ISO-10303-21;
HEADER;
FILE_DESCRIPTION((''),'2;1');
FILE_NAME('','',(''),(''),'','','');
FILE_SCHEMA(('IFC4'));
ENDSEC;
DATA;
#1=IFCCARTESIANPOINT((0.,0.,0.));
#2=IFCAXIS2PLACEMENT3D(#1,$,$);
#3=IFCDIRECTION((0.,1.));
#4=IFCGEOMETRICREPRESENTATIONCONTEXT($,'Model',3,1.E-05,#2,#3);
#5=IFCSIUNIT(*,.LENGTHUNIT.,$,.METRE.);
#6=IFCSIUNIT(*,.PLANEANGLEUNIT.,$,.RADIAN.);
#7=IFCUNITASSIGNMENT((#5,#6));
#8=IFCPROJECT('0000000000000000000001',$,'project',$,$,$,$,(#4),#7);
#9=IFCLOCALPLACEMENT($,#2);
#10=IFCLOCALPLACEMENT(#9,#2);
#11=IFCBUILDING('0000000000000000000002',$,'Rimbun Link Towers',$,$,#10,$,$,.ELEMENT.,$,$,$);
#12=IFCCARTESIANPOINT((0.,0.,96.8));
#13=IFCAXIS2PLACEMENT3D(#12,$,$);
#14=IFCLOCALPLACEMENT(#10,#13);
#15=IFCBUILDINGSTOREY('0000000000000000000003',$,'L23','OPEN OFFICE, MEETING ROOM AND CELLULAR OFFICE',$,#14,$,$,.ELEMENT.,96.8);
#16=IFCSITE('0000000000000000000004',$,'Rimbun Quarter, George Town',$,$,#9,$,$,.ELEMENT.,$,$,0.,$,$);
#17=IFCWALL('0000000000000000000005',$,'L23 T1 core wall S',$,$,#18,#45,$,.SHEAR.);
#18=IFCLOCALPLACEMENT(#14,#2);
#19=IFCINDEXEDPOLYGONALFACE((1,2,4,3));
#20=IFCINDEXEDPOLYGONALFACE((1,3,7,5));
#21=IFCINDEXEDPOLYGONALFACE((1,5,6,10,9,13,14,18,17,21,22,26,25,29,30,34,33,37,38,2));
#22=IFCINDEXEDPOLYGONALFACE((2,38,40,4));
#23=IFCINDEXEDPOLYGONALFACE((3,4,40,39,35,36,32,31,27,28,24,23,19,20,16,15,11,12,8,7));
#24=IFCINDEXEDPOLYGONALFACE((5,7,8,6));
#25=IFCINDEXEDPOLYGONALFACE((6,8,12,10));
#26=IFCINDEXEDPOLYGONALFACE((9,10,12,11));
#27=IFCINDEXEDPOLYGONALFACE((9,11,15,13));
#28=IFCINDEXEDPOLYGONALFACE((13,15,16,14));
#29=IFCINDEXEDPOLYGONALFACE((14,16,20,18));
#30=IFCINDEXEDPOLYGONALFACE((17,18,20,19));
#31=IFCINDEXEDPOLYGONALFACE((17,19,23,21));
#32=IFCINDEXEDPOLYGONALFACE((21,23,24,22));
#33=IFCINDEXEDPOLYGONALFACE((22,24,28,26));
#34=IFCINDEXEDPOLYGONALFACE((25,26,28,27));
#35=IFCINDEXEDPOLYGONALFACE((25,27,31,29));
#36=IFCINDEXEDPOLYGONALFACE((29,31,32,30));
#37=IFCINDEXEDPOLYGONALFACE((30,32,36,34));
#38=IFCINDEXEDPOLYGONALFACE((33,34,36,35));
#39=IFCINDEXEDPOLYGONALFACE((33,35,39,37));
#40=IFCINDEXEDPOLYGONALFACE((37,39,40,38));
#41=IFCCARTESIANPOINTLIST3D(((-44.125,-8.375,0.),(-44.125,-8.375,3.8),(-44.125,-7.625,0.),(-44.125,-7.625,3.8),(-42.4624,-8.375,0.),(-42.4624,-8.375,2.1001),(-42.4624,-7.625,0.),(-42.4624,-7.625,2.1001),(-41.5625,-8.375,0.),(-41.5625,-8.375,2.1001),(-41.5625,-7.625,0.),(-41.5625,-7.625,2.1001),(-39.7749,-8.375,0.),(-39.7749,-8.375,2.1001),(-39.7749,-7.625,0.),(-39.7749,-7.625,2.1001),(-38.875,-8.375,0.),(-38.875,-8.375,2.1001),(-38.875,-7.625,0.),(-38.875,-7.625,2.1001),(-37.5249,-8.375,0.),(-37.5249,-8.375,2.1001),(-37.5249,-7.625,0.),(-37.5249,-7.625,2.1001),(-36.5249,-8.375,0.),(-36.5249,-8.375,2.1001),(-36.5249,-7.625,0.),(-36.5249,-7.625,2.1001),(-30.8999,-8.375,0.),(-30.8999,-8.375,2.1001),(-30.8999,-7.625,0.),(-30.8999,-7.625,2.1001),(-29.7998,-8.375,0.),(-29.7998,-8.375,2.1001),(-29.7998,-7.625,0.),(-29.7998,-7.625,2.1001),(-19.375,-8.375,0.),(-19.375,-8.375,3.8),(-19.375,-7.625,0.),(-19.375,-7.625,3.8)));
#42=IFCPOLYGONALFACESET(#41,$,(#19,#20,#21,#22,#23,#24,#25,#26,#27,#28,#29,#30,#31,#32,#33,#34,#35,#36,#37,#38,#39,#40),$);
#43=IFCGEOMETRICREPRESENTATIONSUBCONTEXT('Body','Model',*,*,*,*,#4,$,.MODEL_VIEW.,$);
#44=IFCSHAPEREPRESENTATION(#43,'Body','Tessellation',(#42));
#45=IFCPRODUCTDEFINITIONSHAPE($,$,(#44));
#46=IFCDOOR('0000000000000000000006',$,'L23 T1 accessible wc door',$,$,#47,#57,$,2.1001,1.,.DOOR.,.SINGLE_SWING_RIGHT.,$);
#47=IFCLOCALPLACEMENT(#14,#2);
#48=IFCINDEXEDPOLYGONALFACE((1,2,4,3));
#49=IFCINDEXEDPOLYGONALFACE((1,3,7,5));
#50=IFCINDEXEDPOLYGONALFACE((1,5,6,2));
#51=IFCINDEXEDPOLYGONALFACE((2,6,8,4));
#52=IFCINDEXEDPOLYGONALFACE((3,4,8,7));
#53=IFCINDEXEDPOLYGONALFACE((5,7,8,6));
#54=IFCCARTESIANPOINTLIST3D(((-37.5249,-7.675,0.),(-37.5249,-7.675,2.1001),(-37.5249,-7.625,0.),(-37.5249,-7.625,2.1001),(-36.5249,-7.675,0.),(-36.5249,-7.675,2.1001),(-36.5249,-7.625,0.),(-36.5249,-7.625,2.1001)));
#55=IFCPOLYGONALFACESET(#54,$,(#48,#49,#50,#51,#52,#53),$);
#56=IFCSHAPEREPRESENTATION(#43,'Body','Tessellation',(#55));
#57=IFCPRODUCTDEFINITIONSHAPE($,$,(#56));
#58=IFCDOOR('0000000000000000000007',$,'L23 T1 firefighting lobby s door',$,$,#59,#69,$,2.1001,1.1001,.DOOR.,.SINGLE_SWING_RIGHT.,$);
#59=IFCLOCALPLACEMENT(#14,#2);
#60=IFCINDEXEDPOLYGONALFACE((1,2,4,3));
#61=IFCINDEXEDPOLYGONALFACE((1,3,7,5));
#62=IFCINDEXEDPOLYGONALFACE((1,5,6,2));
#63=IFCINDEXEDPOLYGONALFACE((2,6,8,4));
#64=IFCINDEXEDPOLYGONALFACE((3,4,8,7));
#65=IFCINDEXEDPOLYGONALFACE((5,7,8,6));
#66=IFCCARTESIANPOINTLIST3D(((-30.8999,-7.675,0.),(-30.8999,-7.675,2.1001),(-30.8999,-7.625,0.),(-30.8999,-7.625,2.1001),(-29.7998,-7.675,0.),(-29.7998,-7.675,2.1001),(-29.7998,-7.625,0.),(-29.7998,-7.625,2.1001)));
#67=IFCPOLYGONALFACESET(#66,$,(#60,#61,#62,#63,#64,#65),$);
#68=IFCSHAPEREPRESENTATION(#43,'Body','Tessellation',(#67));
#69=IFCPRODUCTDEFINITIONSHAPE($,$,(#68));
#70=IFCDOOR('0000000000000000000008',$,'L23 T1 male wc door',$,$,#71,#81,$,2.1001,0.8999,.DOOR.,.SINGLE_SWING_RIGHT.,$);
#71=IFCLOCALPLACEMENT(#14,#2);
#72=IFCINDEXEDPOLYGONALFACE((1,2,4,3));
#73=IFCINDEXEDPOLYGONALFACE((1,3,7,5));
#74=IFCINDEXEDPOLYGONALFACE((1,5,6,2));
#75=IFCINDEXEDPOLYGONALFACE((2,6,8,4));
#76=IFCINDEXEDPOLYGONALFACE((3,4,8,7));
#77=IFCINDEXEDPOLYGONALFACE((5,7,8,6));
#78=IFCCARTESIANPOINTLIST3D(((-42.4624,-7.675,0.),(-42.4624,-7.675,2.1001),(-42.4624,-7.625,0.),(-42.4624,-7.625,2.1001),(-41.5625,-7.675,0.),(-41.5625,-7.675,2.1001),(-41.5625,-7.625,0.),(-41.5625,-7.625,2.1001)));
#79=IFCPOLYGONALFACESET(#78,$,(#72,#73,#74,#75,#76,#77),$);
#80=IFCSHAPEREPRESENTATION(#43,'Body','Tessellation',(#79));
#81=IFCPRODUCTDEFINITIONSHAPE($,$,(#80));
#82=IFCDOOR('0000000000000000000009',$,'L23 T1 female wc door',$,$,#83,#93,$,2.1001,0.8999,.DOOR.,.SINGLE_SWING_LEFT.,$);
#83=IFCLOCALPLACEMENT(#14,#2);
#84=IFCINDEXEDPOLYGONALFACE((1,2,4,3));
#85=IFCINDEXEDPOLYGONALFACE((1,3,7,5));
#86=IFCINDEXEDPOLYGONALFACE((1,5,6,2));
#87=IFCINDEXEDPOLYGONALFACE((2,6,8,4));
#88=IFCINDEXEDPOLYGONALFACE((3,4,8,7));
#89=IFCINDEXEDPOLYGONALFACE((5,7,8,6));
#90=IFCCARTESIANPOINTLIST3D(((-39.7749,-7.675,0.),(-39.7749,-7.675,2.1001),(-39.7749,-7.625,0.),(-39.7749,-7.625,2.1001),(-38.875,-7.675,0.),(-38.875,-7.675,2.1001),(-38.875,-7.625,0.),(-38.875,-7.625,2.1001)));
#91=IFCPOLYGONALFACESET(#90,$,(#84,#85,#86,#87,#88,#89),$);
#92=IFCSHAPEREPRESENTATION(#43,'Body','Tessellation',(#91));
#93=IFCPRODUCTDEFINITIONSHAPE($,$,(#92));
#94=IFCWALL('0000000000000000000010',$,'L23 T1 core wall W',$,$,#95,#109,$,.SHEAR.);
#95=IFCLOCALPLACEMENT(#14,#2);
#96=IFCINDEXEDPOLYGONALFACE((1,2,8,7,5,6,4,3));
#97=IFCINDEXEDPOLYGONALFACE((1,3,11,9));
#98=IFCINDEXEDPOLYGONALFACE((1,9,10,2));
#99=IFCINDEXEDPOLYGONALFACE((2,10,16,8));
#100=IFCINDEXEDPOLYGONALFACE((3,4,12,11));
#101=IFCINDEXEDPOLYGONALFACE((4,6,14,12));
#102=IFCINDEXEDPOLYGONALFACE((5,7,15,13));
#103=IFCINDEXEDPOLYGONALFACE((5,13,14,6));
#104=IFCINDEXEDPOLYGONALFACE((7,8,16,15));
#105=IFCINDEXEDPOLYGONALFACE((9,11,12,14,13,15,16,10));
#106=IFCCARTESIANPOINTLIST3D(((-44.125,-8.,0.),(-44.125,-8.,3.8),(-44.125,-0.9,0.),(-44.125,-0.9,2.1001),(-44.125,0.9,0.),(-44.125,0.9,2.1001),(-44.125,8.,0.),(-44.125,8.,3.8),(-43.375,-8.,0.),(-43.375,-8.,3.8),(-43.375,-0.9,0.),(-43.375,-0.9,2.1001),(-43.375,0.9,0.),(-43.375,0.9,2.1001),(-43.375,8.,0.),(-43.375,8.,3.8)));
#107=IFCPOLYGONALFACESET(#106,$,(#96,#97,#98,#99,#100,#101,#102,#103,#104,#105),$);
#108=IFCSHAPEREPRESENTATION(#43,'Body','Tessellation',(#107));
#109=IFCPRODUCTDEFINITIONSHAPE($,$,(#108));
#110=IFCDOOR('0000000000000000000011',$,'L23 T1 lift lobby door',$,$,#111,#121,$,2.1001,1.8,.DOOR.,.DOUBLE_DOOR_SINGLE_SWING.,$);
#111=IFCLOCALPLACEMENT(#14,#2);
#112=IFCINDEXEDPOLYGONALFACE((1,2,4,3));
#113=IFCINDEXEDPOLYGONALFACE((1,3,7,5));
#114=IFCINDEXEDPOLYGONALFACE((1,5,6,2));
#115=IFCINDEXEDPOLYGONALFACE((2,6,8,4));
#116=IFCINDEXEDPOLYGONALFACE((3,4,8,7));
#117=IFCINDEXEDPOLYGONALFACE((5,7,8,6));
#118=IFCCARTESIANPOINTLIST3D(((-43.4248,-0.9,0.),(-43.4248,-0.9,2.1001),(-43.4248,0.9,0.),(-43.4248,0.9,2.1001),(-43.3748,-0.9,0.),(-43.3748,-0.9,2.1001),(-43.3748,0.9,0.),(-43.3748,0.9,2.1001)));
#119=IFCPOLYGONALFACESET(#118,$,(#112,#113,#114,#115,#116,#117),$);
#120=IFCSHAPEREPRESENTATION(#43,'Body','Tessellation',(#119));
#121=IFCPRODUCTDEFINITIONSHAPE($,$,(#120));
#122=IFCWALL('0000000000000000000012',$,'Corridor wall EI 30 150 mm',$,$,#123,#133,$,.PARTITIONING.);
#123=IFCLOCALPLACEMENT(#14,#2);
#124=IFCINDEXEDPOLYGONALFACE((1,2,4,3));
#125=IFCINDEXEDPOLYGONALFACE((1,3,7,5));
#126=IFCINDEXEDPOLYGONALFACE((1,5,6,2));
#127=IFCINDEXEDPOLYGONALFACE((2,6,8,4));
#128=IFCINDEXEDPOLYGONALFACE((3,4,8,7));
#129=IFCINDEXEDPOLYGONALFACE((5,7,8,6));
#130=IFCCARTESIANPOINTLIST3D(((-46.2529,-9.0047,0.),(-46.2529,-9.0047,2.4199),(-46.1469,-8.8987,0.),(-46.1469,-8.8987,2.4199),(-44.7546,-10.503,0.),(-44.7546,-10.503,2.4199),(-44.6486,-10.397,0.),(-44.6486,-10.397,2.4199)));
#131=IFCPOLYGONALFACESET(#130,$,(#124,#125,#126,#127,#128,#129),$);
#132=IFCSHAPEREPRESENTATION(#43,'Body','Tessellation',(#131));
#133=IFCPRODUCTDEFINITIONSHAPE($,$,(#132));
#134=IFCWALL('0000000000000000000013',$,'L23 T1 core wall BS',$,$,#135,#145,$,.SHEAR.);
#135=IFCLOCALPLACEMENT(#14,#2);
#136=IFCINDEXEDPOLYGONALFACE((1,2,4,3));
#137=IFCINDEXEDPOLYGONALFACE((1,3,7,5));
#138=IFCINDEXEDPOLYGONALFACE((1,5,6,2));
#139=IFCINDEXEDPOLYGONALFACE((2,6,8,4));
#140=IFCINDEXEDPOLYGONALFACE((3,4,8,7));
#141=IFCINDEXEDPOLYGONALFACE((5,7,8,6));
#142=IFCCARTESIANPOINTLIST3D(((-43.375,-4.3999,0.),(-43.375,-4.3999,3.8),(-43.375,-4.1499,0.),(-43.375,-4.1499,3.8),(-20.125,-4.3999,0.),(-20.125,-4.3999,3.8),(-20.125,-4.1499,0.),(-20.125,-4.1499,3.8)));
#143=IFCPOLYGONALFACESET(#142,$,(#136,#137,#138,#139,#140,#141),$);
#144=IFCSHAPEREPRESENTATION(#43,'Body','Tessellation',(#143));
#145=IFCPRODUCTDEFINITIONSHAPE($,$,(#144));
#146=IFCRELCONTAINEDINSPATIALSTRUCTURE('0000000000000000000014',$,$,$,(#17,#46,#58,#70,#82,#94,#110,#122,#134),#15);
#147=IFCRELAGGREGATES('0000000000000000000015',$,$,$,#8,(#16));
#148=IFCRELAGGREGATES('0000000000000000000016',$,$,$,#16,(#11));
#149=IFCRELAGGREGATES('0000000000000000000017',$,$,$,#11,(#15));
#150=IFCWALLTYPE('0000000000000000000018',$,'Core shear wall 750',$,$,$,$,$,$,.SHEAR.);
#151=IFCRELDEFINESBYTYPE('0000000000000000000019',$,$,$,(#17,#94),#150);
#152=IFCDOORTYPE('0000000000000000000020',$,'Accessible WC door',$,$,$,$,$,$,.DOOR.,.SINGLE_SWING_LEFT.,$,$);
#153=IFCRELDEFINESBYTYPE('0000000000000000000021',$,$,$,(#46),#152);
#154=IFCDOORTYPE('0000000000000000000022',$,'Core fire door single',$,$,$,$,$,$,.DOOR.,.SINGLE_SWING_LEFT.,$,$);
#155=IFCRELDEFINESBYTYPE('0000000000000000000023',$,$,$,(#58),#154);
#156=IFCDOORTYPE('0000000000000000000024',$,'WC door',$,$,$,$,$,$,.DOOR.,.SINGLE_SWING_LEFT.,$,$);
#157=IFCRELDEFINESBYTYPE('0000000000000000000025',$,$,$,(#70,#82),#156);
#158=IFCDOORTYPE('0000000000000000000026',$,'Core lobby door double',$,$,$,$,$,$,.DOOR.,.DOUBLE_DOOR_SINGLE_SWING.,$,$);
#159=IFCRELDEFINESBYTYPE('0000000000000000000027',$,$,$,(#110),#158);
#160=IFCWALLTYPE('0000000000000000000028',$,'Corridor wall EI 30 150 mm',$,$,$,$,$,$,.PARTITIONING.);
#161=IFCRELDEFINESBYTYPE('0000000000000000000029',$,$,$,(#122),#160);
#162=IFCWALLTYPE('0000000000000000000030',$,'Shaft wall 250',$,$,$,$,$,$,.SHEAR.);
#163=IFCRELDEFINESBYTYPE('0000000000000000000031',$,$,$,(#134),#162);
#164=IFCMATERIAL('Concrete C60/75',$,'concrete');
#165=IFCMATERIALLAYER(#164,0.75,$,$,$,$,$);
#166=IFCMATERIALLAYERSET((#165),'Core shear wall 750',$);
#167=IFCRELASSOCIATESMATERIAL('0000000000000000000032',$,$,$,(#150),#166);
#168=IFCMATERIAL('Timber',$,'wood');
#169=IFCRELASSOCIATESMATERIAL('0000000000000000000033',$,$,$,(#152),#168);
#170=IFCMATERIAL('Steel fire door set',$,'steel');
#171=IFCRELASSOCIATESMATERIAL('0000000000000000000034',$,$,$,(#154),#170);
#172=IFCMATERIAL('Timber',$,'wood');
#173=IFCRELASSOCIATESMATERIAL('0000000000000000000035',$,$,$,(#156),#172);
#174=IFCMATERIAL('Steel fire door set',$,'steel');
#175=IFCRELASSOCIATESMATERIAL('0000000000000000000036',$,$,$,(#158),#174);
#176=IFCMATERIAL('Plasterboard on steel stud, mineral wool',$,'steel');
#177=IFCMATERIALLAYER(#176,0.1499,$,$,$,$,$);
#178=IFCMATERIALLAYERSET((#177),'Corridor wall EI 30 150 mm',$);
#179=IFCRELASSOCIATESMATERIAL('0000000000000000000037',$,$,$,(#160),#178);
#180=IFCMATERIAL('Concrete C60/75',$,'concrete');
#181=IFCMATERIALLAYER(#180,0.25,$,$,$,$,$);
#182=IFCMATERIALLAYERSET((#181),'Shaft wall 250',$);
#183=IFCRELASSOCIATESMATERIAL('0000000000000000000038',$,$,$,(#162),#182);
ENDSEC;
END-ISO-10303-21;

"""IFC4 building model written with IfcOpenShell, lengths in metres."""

from ifc_helpers import new_model, si_unit, direction, frame, frame_2d, origin, place, context, subcontext, project, spatial, rectangle, extrude, material, layer, layer_set, type_object, element, fill, save


model = new_model("IFC4")

# Units and contexts
model_context = context("Model", 3, precision=1e-05, world=origin(), true_north=direction((0.0, 1.0)))
body_context = subcontext(model_context, "Body", "Model", "MODEL_VIEW")
ifc_project = project(units=[si_unit("LENGTHUNIT", "METRE"), si_unit("PLANEANGLEUNIT", "RADIAN")], contexts=[model_context])

# Site, building, storey
site_placement = place(None, origin())
site = spatial("IfcSite", under=ifc_project, at=site_placement, Name="Rimbun Quarter, George Town", CompositionType="ELEMENT", RefElevation=0.0)
building_placement = place(site_placement, origin())
building = spatial("IfcBuilding", under=site, at=building_placement, Name="Rimbun Link Towers", CompositionType="ELEMENT")
storey_placement = place(building_placement, frame((0.0, 0.0, 96.8)))
storey = spatial("IfcBuildingStorey", under=building, at=storey_placement, Name="L23", Description="OPEN OFFICE, MEETING ROOM AND CELLULAR OFFICE", CompositionType="ELEMENT", Elevation=96.8)

# Wall, openings, doors
ifc_material_1 = material(Name="Concrete C60/75", Category="concrete")
ifc_layer_1 = layer(ifc_material_1, 0.75)
ifc_layer_set_1 = layer_set([ifc_layer_1], Name="Core shear wall 750")
wall_type_1 = type_object("IfcWallType", Name="Core shear wall 750", PredefinedType="SHEAR", material=ifc_layer_set_1)
wall_1_placement = place(storey_placement, frame((-44.125, -8.0, 0.0), z_axis=(0.0, 0.0, 1.0), x_axis=(1.0, 0.0, 0.0)))
wall_1 = element("IfcWall", 1, at=wall_1_placement, inside=storey, type_object=wall_type_1, Name="L23 T1 core wall S", PredefinedType="SHEAR", context=body_context, shape_type="SweptSolid", body=[
    extrude(rectangle(XDim=24.75, YDim=0.75, at=frame_2d((12.375, 0.0))), origin(), (0.0, 0.0, 1.0), 3.8),
])
opening_1_placement = place(wall_1_placement, frame((13.2251, 0.0, 0.0)))
opening_1 = element("IfcOpeningElement", 2, at=opening_1_placement, cuts=wall_1, PredefinedType="OPENING", context=body_context, shape_type="SweptSolid", body=[
    extrude(rectangle(XDim=1.1001, YDim=2.1001, at=frame_2d((0.55, 1.05))), frame((0.0, 0.385, 0.0), z_axis=(0.0, -1.0, 0.0), x_axis=(1.0, 0.0, 0.0)), (0.0, 0.0, 1.0), 0.77),
])
opening_2_placement = place(wall_1_placement, frame((1.6626, 0.0, 0.0)))
opening_2 = element("IfcOpeningElement", 3, at=opening_2_placement, cuts=wall_1, PredefinedType="OPENING", context=body_context, shape_type="SweptSolid", body=[
    extrude(rectangle(XDim=0.8999, YDim=2.1001, at=frame_2d((0.45, 1.05))), frame((0.0, 0.385, 0.0), z_axis=(0.0, -1.0, 0.0), x_axis=(1.0, 0.0, 0.0)), (0.0, 0.0, 1.0), 0.77),
])
opening_3_placement = place(wall_1_placement, frame((4.3501, 0.0, 0.0)))
opening_3 = element("IfcOpeningElement", 4, at=opening_3_placement, cuts=wall_1, PredefinedType="OPENING", context=body_context, shape_type="SweptSolid", body=[
    extrude(rectangle(XDim=0.8999, YDim=2.1001, at=frame_2d((0.45, 1.05))), frame((0.0, 0.385, 0.0), z_axis=(0.0, -1.0, 0.0), x_axis=(1.0, 0.0, 0.0)), (0.0, 0.0, 1.0), 0.77),
])
opening_4_placement = place(wall_1_placement, frame((6.6001, 0.0, 0.0)))
opening_4 = element("IfcOpeningElement", 5, at=opening_4_placement, cuts=wall_1, PredefinedType="OPENING", context=body_context, shape_type="SweptSolid", body=[
    extrude(rectangle(XDim=1.0, YDim=2.1001, at=frame_2d((0.5, 1.05))), frame((0.0, 0.385, 0.0), z_axis=(0.0, -1.0, 0.0), x_axis=(1.0, 0.0, 0.0)), (0.0, 0.0, 1.0), 0.77),
])
ifc_material_2 = material(Name="Timber", Category="wood")
door_type_1 = type_object("IfcDoorType", Name="Accessible WC door", OperationType="SINGLE_SWING_LEFT", PredefinedType="DOOR", material=ifc_material_2)
door_1_placement = place(opening_4_placement, origin())
door_1 = element("IfcDoor", 6, at=door_1_placement, inside=storey, type_object=door_type_1, Name="L23 T1 accessible wc door", OperationType="SINGLE_SWING_RIGHT", OverallHeight=2.1001, OverallWidth=1.0, PredefinedType="DOOR", context=body_context, shape_type="SweptSolid", body=[
    extrude(rectangle(XDim=1.0, YDim=2.1001, at=frame_2d((0.5, 1.05))), frame((0.0, 0.375, 0.0), z_axis=(0.0, -1.0, 0.0), x_axis=(1.0, 0.0, 0.0)), (0.0, 0.0, 1.0), 0.05),
])
fill(opening_4, door_1)
ifc_material_3 = material(Name="Steel fire door set", Category="steel")
door_type_2 = type_object("IfcDoorType", Name="Core fire door single", OperationType="SINGLE_SWING_LEFT", PredefinedType="DOOR", material=ifc_material_3)
door_2_placement = place(opening_1_placement, origin())
door_2 = element("IfcDoor", 7, at=door_2_placement, inside=storey, type_object=door_type_2, Name="L23 T1 firefighting lobby s door", OperationType="SINGLE_SWING_RIGHT", OverallHeight=2.1001, OverallWidth=1.1001, PredefinedType="DOOR", context=body_context, shape_type="SweptSolid", body=[
    extrude(rectangle(XDim=1.1001, YDim=2.1001, at=frame_2d((0.55, 1.05))), frame((0.0, 0.375, 0.0), z_axis=(0.0, -1.0, 0.0), x_axis=(1.0, 0.0, 0.0)), (0.0, 0.0, 1.0), 0.05),
])
fill(opening_1, door_2)
ifc_material_4 = material(Name="Timber", Category="wood")
door_type_3 = type_object("IfcDoorType", Name="WC door", OperationType="SINGLE_SWING_LEFT", PredefinedType="DOOR", material=ifc_material_4)
door_3_placement = place(opening_2_placement, origin())
door_3 = element("IfcDoor", 8, at=door_3_placement, inside=storey, type_object=door_type_3, Name="L23 T1 male wc door", OperationType="SINGLE_SWING_RIGHT", OverallHeight=2.1001, OverallWidth=0.8999, PredefinedType="DOOR", context=body_context, shape_type="SweptSolid", body=[
    extrude(rectangle(XDim=0.8999, YDim=2.1001, at=frame_2d((0.45, 1.05))), frame((0.0, 0.375, 0.0), z_axis=(0.0, -1.0, 0.0), x_axis=(1.0, 0.0, 0.0)), (0.0, 0.0, 1.0), 0.05),
])
fill(opening_2, door_3)
door_4_placement = place(opening_3_placement, origin())
door_4 = element("IfcDoor", 9, at=door_4_placement, inside=storey, type_object=door_type_3, Name="L23 T1 female wc door", OperationType="SINGLE_SWING_LEFT", OverallHeight=2.1001, OverallWidth=0.8999, PredefinedType="DOOR", context=body_context, shape_type="SweptSolid", body=[
    extrude(rectangle(XDim=0.8999, YDim=2.1001, at=frame_2d((0.45, 1.05))), frame((0.0, 0.375, 0.0), z_axis=(0.0, -1.0, 0.0), x_axis=(1.0, 0.0, 0.0)), (0.0, 0.0, 1.0), 0.05),
])
fill(opening_3, door_4)

# Wall, opening, door
wall_2_placement = place(storey_placement, frame((-43.75, -8.0, 0.0), z_axis=(0.0, 0.0, 1.0), x_axis=(0.0, 1.0, 0.0)))
wall_2 = element("IfcWall", 10, at=wall_2_placement, inside=storey, type_object=wall_type_1, Name="L23 T1 core wall W", PredefinedType="SHEAR", context=body_context, shape_type="SweptSolid", body=[
    extrude(rectangle(XDim=16.0, YDim=0.75, at=frame_2d((8.0, 0.0))), origin(), (0.0, 0.0, 1.0), 3.8),
])
opening_5_placement = place(wall_2_placement, frame((7.1001, 0.0, 0.0)))
opening_5 = element("IfcOpeningElement", 11, at=opening_5_placement, cuts=wall_2, PredefinedType="OPENING", context=body_context, shape_type="SweptSolid", body=[
    extrude(rectangle(XDim=1.8, YDim=2.1001, at=frame_2d((0.8999, 1.05))), frame((0.0, 0.385, 0.0), z_axis=(0.0, -1.0, 0.0), x_axis=(1.0, 0.0, 0.0)), (0.0, 0.0, 1.0), 0.77),
])
ifc_material_5 = material(Name="Steel fire door set", Category="steel")
door_type_4 = type_object("IfcDoorType", Name="Core lobby door double", OperationType="DOUBLE_DOOR_SINGLE_SWING", PredefinedType="DOOR", material=ifc_material_5)
door_5_placement = place(opening_5_placement, origin())
door_5 = element("IfcDoor", 12, at=door_5_placement, inside=storey, type_object=door_type_4, Name="L23 T1 lift lobby door", OperationType="DOUBLE_DOOR_SINGLE_SWING", OverallHeight=2.1001, OverallWidth=1.8, PredefinedType="DOOR", context=body_context, shape_type="SweptSolid", body=[
    extrude(rectangle(XDim=1.8, YDim=2.1001, at=frame_2d((0.8999, 1.05))), frame((0.0, -0.3252, 0.0), z_axis=(0.0, -1.0, 0.0), x_axis=(1.0, 0.0, 0.0)), (0.0, 0.0, 1.0), 0.05),
])
fill(opening_5, door_5)

# Walls
ifc_material_6 = material(Name="Plasterboard on steel stud, mineral wool", Category="steel")
ifc_layer_2 = layer(ifc_material_6, 0.1499)
ifc_layer_set_2 = layer_set([ifc_layer_2], Name="Corridor wall EI 30 150 mm")
wall_type_2 = type_object("IfcWallType", Name="Corridor wall EI 30 150 mm", PredefinedType="PARTITIONING", material=ifc_layer_set_2)
wall_3_placement = place(storey_placement, frame((-46.2, -8.9517, 0.0), z_axis=(0.0, 0.0, 1.0), x_axis=(0.707107, -0.707107, 0.0)))
element("IfcWall", 13, at=wall_3_placement, inside=storey, type_object=wall_type_2, Name="Corridor wall EI 30 150 mm", PredefinedType="PARTITIONING", context=body_context, shape_type="SweptSolid", body=[
    extrude(rectangle(XDim=2.1189, YDim=0.1499, at=frame_2d((1.0596, 0.0))), origin(), (0.0, 0.0, 1.0), 2.4199),
])
ifc_material_7 = material(Name="Concrete C60/75", Category="concrete")
ifc_layer_3 = layer(ifc_material_7, 0.25)
ifc_layer_set_3 = layer_set([ifc_layer_3], Name="Shaft wall 250")
wall_type_3 = type_object("IfcWallType", Name="Shaft wall 250", PredefinedType="SHEAR", material=ifc_layer_set_3)
wall_4_placement = place(storey_placement, frame((-43.375, -4.2749, 0.0), z_axis=(0.0, 0.0, 1.0), x_axis=(1.0, 0.0, 0.0)))
element("IfcWall", 14, at=wall_4_placement, inside=storey, type_object=wall_type_3, Name="L23 T1 core wall BS", PredefinedType="SHEAR", context=body_context, shape_type="SweptSolid", body=[
    extrude(rectangle(XDim=23.25, YDim=0.25, at=frame_2d((11.625, 0.0))), origin(), (0.0, 0.0, 1.0), 3.8),
])

save(model, "model.ifc")
